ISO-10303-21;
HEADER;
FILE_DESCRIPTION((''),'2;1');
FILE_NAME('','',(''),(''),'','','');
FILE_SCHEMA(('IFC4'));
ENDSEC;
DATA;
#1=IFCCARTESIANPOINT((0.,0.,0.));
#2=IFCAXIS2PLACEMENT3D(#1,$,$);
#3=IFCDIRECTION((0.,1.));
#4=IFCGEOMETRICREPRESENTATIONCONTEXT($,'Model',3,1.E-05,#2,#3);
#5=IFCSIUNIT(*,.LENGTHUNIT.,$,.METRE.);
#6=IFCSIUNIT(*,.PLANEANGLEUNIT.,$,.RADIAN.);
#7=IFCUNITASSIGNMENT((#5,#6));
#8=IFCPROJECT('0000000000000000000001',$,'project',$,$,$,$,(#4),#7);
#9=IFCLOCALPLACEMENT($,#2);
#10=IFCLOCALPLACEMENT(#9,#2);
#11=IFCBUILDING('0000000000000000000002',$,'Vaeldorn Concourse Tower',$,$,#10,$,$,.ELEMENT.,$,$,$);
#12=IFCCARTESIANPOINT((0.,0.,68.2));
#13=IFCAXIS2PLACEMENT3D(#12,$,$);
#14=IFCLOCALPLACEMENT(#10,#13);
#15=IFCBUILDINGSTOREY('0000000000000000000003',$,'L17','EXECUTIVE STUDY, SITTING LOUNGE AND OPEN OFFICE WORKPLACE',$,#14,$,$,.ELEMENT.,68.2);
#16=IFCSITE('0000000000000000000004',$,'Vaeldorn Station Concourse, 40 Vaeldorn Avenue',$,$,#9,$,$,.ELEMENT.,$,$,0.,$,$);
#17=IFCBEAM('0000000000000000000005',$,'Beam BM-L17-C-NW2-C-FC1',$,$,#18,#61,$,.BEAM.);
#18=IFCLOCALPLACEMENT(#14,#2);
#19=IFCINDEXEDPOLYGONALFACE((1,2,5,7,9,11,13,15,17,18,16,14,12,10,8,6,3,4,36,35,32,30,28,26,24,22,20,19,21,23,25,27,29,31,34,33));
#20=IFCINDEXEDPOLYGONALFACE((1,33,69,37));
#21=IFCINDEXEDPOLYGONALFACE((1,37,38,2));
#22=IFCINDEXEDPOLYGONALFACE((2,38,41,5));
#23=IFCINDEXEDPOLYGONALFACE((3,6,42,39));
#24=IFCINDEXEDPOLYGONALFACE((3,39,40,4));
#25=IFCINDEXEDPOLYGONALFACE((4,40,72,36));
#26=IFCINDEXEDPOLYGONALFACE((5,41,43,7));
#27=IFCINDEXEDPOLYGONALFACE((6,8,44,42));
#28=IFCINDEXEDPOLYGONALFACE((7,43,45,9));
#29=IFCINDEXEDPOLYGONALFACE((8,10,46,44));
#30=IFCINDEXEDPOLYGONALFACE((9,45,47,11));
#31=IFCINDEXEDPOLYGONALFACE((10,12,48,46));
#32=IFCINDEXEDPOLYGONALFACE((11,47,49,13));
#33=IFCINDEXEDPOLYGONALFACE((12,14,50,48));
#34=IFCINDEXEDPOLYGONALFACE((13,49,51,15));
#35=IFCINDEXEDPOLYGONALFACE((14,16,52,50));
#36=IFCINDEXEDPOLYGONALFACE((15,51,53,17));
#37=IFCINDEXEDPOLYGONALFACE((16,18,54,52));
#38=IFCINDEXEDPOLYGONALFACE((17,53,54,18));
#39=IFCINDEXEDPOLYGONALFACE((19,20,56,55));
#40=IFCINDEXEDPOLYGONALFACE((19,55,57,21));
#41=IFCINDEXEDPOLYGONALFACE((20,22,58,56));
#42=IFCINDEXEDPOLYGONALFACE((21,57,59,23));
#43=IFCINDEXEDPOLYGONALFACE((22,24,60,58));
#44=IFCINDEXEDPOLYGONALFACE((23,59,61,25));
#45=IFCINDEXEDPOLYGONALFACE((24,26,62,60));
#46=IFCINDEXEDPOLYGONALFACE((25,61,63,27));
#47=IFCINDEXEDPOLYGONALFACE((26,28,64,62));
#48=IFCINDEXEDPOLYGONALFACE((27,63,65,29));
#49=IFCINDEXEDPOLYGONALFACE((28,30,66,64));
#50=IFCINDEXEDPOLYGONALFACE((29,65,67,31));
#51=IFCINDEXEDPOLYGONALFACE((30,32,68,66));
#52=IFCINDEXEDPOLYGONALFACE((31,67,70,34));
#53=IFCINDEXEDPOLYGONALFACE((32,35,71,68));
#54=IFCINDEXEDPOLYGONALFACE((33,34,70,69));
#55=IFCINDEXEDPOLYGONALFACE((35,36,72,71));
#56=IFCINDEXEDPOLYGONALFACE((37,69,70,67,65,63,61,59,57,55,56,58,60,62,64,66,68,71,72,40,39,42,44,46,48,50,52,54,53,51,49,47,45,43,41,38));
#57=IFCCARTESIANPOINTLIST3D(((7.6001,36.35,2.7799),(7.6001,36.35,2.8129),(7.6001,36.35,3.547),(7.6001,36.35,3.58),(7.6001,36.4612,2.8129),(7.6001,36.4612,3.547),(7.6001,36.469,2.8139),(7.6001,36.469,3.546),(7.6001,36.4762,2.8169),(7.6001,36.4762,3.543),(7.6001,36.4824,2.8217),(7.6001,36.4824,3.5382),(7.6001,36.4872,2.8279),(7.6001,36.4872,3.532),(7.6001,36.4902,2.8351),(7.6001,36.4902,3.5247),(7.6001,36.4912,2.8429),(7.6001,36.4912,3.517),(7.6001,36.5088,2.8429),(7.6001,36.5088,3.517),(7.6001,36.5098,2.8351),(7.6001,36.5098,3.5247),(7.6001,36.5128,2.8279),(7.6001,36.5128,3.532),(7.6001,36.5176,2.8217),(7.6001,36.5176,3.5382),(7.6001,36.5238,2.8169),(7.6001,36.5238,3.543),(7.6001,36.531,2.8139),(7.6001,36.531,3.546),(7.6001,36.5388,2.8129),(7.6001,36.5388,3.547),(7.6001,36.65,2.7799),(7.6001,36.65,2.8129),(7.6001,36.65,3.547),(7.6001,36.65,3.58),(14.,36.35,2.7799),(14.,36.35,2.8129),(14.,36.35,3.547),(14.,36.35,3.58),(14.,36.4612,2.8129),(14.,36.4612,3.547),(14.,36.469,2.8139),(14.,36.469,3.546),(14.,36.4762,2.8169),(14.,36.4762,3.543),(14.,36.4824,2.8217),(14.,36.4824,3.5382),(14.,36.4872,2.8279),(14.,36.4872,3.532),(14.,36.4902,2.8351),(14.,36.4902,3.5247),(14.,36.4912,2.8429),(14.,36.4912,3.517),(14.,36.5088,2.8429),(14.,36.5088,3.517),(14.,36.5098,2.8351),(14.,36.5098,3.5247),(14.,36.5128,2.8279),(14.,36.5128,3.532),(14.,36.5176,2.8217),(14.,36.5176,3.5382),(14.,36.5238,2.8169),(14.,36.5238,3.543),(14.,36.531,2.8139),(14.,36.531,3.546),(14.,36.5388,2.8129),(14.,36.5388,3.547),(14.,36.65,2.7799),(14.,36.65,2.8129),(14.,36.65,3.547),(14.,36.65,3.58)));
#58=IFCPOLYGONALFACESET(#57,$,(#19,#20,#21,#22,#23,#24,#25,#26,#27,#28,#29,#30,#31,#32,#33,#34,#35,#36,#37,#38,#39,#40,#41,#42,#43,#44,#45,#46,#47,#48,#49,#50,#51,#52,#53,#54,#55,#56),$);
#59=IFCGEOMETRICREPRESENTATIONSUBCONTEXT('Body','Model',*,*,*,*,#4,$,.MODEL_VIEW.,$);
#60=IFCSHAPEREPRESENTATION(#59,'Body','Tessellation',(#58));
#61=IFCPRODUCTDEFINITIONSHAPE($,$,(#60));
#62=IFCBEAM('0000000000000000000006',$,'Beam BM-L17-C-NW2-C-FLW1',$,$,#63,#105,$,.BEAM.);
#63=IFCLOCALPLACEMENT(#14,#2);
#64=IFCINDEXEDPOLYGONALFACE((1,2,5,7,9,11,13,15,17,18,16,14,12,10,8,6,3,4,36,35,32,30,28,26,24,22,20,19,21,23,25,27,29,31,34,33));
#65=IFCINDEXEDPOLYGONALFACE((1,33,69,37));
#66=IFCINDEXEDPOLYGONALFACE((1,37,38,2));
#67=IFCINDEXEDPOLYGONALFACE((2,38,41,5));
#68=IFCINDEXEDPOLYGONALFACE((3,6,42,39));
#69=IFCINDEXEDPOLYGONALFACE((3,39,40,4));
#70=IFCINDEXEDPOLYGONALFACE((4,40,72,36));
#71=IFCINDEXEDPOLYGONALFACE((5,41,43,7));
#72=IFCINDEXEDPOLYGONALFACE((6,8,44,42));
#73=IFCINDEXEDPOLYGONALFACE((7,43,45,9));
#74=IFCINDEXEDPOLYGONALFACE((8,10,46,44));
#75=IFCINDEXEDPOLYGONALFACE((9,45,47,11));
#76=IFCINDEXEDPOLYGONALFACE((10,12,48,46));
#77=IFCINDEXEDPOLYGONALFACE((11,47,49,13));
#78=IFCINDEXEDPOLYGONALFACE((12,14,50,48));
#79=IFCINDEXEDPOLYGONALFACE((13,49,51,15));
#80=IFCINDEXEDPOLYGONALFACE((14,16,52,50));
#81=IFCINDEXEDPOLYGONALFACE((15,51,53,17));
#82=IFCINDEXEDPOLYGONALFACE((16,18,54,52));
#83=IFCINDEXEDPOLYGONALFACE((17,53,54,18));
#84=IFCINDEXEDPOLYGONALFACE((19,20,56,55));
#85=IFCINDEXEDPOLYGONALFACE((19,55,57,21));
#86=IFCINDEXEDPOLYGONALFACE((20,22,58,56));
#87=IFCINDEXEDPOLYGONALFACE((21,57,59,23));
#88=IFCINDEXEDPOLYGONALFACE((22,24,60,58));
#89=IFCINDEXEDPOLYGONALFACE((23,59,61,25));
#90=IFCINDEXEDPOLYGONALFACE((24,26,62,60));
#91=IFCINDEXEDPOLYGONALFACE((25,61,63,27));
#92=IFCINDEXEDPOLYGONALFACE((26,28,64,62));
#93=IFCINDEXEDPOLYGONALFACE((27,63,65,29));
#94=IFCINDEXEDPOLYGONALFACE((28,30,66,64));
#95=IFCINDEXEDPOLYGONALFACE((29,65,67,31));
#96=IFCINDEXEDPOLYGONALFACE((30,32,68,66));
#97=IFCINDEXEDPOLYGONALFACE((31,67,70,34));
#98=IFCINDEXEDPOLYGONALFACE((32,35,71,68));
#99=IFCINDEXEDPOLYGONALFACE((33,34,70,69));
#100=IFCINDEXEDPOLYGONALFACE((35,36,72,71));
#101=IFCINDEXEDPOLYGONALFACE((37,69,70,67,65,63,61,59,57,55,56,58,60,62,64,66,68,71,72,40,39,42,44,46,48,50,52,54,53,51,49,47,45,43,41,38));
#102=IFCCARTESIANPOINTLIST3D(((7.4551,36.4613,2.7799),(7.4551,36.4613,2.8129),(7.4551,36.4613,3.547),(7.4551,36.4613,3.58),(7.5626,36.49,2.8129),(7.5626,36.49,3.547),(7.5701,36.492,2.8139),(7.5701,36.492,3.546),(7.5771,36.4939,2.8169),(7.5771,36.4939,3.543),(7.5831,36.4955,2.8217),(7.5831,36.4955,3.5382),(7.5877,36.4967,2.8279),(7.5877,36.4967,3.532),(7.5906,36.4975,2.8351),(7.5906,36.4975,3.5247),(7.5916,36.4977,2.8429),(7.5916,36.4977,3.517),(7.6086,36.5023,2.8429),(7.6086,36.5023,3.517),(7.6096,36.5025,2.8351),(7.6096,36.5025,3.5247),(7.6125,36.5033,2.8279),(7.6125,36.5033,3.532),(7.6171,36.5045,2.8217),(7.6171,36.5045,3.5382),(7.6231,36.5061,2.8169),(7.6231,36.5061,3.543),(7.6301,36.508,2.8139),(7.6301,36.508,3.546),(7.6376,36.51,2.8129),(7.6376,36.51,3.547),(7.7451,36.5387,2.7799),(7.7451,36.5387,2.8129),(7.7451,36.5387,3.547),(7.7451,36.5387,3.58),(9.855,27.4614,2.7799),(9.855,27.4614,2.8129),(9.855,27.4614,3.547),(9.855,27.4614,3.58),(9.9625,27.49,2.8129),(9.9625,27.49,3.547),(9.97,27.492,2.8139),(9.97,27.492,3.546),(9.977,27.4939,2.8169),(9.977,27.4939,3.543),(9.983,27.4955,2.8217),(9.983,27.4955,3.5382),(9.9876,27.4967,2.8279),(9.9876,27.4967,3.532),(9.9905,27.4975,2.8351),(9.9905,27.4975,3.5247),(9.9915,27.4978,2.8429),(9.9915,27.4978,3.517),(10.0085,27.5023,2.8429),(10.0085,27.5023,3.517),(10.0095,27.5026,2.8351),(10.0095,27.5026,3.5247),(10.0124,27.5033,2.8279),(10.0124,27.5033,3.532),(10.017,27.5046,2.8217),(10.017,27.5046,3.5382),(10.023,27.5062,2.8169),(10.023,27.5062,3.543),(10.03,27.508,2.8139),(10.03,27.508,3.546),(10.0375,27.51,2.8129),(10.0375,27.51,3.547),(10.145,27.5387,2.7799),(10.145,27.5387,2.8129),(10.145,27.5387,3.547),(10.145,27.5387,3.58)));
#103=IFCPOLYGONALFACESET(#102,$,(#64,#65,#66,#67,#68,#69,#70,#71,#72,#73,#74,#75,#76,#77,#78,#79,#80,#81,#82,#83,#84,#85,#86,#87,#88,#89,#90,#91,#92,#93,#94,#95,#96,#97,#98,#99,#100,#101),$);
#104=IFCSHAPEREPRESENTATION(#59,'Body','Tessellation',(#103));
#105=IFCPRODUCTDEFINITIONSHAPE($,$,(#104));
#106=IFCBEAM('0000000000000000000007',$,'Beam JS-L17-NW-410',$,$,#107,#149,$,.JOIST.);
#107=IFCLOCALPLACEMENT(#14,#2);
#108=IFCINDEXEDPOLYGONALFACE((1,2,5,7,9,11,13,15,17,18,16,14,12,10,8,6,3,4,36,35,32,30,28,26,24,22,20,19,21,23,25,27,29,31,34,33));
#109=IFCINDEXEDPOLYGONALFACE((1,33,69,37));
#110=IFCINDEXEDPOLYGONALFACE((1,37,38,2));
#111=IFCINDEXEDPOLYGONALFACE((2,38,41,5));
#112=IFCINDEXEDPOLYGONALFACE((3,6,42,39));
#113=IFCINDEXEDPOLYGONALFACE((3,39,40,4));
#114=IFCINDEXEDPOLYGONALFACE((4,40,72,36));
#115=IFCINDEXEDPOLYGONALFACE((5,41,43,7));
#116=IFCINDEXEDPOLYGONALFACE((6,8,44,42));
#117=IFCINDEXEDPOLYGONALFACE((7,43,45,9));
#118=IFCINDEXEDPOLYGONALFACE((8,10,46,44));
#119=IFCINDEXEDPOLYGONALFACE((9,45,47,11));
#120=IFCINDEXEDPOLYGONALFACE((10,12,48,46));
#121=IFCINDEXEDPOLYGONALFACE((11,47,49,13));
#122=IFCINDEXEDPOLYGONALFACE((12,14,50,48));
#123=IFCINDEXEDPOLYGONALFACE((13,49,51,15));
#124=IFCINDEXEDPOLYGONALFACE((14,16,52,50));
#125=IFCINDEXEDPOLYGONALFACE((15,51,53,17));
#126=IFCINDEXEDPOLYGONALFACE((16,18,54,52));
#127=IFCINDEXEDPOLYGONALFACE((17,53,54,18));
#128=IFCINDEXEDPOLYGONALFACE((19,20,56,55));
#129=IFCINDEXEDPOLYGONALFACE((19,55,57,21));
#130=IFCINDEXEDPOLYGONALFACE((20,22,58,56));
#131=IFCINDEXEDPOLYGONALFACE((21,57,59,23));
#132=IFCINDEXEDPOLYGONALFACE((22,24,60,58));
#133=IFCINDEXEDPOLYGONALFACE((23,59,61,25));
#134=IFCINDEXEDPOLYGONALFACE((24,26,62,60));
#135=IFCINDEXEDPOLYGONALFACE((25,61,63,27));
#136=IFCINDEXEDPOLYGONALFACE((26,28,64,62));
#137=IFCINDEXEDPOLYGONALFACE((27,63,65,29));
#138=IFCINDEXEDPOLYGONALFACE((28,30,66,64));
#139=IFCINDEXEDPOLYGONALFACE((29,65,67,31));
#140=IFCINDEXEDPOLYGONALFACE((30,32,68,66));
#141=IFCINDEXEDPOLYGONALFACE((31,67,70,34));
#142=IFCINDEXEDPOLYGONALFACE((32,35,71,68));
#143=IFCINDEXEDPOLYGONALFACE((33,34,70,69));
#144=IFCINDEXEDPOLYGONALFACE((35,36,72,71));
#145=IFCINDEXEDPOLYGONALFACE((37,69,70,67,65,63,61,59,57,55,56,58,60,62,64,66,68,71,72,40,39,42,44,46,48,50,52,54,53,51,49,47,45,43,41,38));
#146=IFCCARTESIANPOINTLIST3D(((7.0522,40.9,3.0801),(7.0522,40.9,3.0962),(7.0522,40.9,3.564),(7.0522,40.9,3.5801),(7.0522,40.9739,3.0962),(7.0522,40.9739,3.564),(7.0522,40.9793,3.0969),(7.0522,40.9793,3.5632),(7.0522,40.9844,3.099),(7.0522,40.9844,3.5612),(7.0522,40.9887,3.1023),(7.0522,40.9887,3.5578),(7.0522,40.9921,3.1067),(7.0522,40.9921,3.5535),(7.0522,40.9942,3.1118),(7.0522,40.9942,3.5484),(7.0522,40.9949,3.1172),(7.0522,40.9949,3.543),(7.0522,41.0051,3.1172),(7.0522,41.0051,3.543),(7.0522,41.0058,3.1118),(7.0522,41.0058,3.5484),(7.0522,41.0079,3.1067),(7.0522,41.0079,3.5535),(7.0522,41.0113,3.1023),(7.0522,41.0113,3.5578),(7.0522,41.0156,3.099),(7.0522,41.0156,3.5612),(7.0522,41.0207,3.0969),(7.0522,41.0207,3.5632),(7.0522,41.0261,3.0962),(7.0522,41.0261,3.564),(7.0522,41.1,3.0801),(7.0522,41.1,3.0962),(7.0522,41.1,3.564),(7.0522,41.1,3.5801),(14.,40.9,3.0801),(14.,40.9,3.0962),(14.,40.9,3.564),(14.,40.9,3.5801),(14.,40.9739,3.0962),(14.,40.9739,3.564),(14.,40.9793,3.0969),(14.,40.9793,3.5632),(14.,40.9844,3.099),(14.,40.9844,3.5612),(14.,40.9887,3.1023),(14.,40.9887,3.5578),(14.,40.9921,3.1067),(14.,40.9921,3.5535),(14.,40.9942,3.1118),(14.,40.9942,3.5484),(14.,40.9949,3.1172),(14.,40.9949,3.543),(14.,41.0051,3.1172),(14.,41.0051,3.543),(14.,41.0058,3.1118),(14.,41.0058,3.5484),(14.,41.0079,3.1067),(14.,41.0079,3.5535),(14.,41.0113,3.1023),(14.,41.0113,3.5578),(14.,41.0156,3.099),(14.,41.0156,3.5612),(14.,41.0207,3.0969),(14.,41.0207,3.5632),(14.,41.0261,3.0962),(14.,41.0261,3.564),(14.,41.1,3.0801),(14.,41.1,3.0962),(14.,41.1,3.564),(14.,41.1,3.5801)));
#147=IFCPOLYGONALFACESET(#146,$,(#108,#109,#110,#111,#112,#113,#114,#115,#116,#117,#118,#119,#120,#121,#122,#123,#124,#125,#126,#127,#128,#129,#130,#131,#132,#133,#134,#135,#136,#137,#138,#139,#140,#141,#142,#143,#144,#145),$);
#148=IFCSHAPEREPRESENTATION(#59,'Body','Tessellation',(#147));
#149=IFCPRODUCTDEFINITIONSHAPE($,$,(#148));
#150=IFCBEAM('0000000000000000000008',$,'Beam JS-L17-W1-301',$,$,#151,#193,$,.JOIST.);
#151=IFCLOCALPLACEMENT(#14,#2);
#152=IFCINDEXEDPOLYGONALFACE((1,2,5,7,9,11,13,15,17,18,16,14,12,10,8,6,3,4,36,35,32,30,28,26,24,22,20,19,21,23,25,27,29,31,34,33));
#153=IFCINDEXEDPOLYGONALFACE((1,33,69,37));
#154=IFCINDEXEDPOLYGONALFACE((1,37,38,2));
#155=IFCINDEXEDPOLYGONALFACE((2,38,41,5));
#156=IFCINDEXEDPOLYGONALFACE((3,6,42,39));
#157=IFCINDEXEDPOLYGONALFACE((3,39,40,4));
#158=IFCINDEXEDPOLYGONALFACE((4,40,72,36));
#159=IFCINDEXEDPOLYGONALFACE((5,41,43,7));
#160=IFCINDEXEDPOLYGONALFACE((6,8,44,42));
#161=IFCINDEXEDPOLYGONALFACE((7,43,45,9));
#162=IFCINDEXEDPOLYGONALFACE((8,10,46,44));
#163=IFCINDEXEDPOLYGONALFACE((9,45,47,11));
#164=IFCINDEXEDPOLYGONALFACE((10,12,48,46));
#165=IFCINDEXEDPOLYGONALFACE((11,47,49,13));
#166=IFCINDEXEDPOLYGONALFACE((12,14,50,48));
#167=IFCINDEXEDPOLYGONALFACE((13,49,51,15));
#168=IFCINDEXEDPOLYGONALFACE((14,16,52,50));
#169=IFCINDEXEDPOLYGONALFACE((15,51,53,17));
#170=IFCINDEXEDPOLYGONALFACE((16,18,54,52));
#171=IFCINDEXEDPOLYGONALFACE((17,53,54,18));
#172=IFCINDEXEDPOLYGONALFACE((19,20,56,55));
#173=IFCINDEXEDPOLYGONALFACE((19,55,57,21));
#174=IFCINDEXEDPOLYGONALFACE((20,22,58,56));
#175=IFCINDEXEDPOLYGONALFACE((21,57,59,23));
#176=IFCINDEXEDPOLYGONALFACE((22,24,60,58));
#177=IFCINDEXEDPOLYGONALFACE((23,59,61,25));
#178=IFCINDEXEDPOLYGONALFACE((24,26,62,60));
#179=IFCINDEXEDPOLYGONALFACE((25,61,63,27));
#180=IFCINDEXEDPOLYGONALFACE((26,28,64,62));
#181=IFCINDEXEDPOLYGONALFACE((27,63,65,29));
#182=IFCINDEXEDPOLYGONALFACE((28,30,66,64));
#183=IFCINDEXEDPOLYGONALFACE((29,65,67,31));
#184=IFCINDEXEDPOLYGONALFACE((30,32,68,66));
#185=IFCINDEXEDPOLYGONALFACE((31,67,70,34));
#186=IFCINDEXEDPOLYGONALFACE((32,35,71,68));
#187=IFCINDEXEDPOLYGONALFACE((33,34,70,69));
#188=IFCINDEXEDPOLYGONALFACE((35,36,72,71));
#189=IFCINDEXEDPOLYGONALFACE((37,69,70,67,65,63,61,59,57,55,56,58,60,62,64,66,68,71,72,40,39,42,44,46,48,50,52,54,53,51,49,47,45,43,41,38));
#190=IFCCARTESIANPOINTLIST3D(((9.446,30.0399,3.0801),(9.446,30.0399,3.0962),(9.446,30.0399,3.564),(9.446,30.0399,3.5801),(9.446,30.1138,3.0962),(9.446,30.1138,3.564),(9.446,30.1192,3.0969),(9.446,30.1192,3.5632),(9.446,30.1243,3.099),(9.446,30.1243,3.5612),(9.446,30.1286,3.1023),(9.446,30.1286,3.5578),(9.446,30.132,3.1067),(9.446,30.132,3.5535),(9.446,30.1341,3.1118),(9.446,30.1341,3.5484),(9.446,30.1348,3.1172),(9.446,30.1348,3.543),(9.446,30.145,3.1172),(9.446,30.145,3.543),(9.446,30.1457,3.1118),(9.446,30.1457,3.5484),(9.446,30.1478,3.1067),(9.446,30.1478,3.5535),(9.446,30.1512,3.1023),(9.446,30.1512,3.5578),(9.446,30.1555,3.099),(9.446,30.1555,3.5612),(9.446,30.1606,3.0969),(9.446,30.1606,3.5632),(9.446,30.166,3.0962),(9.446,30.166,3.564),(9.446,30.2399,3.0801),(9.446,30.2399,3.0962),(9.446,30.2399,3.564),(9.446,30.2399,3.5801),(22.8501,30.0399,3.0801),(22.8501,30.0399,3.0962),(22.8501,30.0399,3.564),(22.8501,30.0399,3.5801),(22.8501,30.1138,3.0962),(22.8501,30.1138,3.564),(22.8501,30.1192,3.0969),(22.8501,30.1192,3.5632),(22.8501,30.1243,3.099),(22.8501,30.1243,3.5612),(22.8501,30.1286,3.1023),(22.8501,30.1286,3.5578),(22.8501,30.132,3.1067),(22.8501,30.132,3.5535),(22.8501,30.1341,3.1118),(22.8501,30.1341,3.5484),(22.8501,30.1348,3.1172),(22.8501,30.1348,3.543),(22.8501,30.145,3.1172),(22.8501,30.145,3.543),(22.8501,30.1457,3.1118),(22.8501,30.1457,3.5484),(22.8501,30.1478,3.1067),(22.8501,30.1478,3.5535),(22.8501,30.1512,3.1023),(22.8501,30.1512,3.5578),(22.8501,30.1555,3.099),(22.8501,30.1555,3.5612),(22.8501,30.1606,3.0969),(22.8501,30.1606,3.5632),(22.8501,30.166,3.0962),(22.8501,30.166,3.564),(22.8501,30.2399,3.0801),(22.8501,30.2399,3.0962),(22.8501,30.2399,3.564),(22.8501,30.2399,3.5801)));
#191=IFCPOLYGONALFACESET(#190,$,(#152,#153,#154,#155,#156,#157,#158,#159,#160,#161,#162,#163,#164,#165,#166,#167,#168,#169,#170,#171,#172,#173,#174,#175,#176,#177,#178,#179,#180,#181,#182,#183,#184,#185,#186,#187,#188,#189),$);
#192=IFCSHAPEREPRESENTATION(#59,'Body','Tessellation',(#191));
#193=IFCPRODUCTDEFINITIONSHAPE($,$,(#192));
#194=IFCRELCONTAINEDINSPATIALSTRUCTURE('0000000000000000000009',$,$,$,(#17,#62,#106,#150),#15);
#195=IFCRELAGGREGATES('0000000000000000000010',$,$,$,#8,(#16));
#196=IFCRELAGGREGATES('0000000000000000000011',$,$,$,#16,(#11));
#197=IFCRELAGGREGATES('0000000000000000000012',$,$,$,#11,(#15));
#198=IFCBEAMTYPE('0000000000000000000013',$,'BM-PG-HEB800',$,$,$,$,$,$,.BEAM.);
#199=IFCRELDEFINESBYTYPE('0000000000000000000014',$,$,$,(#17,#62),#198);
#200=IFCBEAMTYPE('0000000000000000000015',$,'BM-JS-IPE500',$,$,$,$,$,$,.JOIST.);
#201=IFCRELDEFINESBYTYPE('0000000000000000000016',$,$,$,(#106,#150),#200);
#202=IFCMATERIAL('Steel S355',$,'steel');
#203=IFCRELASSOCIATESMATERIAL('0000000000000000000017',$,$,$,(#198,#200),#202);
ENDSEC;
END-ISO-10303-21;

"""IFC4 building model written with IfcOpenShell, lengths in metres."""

from ifc_helpers import new_model, si_unit, direction, frame, origin, origin_2d, place, context, subcontext, project, spatial, i_section, extrude, source, transform, mapped, material, material_profile, profile_set, type_object, element, save


model = new_model("IFC4")

# Units and contexts
model_context = context("Model", 3, precision=1e-05, world=origin(), true_north=direction((0.0, 1.0)))
body_context = subcontext(model_context, "Body", "Model", "MODEL_VIEW")
ifc_project = project(units=[si_unit("LENGTHUNIT", "METRE"), si_unit("PLANEANGLEUNIT", "RADIAN")], contexts=[model_context])

# Site, building, storey
site_placement = place(None, origin())
site = spatial("IfcSite", under=ifc_project, at=site_placement, Name="Vaeldorn Station Concourse, 40 Vaeldorn Avenue", CompositionType="ELEMENT", RefElevation=0.0)
building_placement = place(site_placement, origin())
building = spatial("IfcBuilding", under=site, at=building_placement, Name="Vaeldorn Concourse Tower", CompositionType="ELEMENT")
storey_placement = place(building_placement, frame((0.0, 0.0, 68.2)))
storey = spatial("IfcBuildingStorey", under=building, at=storey_placement, Name="L17", Description="EXECUTIVE STUDY, SITTING LOUNGE AND OPEN OFFICE WORKPLACE", CompositionType="ELEMENT", Elevation=68.2)

# Beams
ifc_material_1 = material(Name="Steel S355", Category="steel")
ifc_material_profile_1 = material_profile(ifc_material_1, i_section(OverallWidth=0.3, OverallDepth=0.8, WebThickness=0.0176, FlangeThickness=0.033, FilletRadius=0.03, at=origin_2d()), Name="HEB 800")
ifc_profile_set_1 = profile_set([ifc_material_profile_1], Name="Steel S355")
beam_type_1 = type_object("IfcBeamType", Name="BM-PG-HEB800", PredefinedType="BEAM", material=ifc_profile_set_1)
shared_shape_1 = source(origin(), body_context, "Body", "SweptSolid", [
    extrude(i_section(OverallWidth=0.3, OverallDepth=0.8, WebThickness=0.0176, FlangeThickness=0.033, FilletRadius=0.03, at=origin_2d()), origin(), (0.0, 0.0, 1.0), 6.3999),
])
beam_1_placement = place(storey_placement, frame((7.6001, 36.5, 3.1799), z_axis=(1.0, 0.0, 0.0), x_axis=(0.0, 1.0, 0.0)))
element("IfcBeam", 1, at=beam_1_placement, inside=storey, type_object=beam_type_1, Name="Beam BM-L17-C-NW2-C-FC1", PredefinedType="BEAM", context=body_context, shape_type="MappedRepresentation", body=[
    mapped(shared_shape_1, transform((0.0, 0.0, 0.0), scale=1.0)),
])
shared_shape_2 = source(origin(), body_context, "Body", "SweptSolid", [
    extrude(i_section(OverallWidth=0.3, OverallDepth=0.8, WebThickness=0.0176, FlangeThickness=0.033, FilletRadius=0.03, at=origin_2d()), origin(), (0.0, 0.0, 1.0), 9.3145),
])
beam_2_placement = place(storey_placement, frame((7.6001, 36.5, 3.1799), z_axis=(0.257653, -0.966238, 0.0), x_axis=(0.966238, 0.257653, 0.0)))
element("IfcBeam", 2, at=beam_2_placement, inside=storey, type_object=beam_type_1, Name="Beam BM-L17-C-NW2-C-FLW1", PredefinedType="BEAM", context=body_context, shape_type="MappedRepresentation", body=[
    mapped(shared_shape_2, transform((0.0, 0.0, 0.0), scale=1.0)),
])
ifc_material_profile_2 = material_profile(ifc_material_1, i_section(OverallWidth=0.2, OverallDepth=0.5, WebThickness=0.0103, FlangeThickness=0.0161, FilletRadius=0.021, at=origin_2d()), Name="IPE 500")
ifc_profile_set_2 = profile_set([ifc_material_profile_2], Name="Steel S355")
beam_type_2 = type_object("IfcBeamType", Name="BM-JS-IPE500", PredefinedType="JOIST", material=ifc_profile_set_2)
shared_shape_3 = source(origin(), body_context, "Body", "SweptSolid", [
    extrude(i_section(OverallWidth=0.2, OverallDepth=0.5, WebThickness=0.0103, FlangeThickness=0.0161, FilletRadius=0.021, at=origin_2d()), origin(), (0.0, 0.0, 1.0), 6.9478),
])
beam_3_placement = place(storey_placement, frame((7.0522, 41.0, 3.3301), z_axis=(1.0, 0.0, 0.0), x_axis=(0.0, 1.0, 0.0)))
element("IfcBeam", 3, at=beam_3_placement, inside=storey, type_object=beam_type_2, Name="Beam JS-L17-NW-410", PredefinedType="JOIST", context=body_context, shape_type="MappedRepresentation", body=[
    mapped(shared_shape_3, transform((0.0, 0.0, 0.0), scale=1.0)),
])
shared_shape_4 = source(origin(), body_context, "Body", "SweptSolid", [
    extrude(i_section(OverallWidth=0.2, OverallDepth=0.5, WebThickness=0.0103, FlangeThickness=0.0161, FilletRadius=0.021, at=origin_2d()), origin(), (0.0, 0.0, 1.0), 13.4041),
])
beam_4_placement = place(storey_placement, frame((9.446, 30.1399, 3.3301), z_axis=(1.0, 0.0, 0.0), x_axis=(0.0, 1.0, 0.0)))
element("IfcBeam", 4, at=beam_4_placement, inside=storey, type_object=beam_type_2, Name="Beam JS-L17-W1-301", PredefinedType="JOIST", context=body_context, shape_type="MappedRepresentation", body=[
    mapped(shared_shape_4, transform((0.0, 0.0, 0.0), scale=1.0)),
])

save(model, "model.ifc")
